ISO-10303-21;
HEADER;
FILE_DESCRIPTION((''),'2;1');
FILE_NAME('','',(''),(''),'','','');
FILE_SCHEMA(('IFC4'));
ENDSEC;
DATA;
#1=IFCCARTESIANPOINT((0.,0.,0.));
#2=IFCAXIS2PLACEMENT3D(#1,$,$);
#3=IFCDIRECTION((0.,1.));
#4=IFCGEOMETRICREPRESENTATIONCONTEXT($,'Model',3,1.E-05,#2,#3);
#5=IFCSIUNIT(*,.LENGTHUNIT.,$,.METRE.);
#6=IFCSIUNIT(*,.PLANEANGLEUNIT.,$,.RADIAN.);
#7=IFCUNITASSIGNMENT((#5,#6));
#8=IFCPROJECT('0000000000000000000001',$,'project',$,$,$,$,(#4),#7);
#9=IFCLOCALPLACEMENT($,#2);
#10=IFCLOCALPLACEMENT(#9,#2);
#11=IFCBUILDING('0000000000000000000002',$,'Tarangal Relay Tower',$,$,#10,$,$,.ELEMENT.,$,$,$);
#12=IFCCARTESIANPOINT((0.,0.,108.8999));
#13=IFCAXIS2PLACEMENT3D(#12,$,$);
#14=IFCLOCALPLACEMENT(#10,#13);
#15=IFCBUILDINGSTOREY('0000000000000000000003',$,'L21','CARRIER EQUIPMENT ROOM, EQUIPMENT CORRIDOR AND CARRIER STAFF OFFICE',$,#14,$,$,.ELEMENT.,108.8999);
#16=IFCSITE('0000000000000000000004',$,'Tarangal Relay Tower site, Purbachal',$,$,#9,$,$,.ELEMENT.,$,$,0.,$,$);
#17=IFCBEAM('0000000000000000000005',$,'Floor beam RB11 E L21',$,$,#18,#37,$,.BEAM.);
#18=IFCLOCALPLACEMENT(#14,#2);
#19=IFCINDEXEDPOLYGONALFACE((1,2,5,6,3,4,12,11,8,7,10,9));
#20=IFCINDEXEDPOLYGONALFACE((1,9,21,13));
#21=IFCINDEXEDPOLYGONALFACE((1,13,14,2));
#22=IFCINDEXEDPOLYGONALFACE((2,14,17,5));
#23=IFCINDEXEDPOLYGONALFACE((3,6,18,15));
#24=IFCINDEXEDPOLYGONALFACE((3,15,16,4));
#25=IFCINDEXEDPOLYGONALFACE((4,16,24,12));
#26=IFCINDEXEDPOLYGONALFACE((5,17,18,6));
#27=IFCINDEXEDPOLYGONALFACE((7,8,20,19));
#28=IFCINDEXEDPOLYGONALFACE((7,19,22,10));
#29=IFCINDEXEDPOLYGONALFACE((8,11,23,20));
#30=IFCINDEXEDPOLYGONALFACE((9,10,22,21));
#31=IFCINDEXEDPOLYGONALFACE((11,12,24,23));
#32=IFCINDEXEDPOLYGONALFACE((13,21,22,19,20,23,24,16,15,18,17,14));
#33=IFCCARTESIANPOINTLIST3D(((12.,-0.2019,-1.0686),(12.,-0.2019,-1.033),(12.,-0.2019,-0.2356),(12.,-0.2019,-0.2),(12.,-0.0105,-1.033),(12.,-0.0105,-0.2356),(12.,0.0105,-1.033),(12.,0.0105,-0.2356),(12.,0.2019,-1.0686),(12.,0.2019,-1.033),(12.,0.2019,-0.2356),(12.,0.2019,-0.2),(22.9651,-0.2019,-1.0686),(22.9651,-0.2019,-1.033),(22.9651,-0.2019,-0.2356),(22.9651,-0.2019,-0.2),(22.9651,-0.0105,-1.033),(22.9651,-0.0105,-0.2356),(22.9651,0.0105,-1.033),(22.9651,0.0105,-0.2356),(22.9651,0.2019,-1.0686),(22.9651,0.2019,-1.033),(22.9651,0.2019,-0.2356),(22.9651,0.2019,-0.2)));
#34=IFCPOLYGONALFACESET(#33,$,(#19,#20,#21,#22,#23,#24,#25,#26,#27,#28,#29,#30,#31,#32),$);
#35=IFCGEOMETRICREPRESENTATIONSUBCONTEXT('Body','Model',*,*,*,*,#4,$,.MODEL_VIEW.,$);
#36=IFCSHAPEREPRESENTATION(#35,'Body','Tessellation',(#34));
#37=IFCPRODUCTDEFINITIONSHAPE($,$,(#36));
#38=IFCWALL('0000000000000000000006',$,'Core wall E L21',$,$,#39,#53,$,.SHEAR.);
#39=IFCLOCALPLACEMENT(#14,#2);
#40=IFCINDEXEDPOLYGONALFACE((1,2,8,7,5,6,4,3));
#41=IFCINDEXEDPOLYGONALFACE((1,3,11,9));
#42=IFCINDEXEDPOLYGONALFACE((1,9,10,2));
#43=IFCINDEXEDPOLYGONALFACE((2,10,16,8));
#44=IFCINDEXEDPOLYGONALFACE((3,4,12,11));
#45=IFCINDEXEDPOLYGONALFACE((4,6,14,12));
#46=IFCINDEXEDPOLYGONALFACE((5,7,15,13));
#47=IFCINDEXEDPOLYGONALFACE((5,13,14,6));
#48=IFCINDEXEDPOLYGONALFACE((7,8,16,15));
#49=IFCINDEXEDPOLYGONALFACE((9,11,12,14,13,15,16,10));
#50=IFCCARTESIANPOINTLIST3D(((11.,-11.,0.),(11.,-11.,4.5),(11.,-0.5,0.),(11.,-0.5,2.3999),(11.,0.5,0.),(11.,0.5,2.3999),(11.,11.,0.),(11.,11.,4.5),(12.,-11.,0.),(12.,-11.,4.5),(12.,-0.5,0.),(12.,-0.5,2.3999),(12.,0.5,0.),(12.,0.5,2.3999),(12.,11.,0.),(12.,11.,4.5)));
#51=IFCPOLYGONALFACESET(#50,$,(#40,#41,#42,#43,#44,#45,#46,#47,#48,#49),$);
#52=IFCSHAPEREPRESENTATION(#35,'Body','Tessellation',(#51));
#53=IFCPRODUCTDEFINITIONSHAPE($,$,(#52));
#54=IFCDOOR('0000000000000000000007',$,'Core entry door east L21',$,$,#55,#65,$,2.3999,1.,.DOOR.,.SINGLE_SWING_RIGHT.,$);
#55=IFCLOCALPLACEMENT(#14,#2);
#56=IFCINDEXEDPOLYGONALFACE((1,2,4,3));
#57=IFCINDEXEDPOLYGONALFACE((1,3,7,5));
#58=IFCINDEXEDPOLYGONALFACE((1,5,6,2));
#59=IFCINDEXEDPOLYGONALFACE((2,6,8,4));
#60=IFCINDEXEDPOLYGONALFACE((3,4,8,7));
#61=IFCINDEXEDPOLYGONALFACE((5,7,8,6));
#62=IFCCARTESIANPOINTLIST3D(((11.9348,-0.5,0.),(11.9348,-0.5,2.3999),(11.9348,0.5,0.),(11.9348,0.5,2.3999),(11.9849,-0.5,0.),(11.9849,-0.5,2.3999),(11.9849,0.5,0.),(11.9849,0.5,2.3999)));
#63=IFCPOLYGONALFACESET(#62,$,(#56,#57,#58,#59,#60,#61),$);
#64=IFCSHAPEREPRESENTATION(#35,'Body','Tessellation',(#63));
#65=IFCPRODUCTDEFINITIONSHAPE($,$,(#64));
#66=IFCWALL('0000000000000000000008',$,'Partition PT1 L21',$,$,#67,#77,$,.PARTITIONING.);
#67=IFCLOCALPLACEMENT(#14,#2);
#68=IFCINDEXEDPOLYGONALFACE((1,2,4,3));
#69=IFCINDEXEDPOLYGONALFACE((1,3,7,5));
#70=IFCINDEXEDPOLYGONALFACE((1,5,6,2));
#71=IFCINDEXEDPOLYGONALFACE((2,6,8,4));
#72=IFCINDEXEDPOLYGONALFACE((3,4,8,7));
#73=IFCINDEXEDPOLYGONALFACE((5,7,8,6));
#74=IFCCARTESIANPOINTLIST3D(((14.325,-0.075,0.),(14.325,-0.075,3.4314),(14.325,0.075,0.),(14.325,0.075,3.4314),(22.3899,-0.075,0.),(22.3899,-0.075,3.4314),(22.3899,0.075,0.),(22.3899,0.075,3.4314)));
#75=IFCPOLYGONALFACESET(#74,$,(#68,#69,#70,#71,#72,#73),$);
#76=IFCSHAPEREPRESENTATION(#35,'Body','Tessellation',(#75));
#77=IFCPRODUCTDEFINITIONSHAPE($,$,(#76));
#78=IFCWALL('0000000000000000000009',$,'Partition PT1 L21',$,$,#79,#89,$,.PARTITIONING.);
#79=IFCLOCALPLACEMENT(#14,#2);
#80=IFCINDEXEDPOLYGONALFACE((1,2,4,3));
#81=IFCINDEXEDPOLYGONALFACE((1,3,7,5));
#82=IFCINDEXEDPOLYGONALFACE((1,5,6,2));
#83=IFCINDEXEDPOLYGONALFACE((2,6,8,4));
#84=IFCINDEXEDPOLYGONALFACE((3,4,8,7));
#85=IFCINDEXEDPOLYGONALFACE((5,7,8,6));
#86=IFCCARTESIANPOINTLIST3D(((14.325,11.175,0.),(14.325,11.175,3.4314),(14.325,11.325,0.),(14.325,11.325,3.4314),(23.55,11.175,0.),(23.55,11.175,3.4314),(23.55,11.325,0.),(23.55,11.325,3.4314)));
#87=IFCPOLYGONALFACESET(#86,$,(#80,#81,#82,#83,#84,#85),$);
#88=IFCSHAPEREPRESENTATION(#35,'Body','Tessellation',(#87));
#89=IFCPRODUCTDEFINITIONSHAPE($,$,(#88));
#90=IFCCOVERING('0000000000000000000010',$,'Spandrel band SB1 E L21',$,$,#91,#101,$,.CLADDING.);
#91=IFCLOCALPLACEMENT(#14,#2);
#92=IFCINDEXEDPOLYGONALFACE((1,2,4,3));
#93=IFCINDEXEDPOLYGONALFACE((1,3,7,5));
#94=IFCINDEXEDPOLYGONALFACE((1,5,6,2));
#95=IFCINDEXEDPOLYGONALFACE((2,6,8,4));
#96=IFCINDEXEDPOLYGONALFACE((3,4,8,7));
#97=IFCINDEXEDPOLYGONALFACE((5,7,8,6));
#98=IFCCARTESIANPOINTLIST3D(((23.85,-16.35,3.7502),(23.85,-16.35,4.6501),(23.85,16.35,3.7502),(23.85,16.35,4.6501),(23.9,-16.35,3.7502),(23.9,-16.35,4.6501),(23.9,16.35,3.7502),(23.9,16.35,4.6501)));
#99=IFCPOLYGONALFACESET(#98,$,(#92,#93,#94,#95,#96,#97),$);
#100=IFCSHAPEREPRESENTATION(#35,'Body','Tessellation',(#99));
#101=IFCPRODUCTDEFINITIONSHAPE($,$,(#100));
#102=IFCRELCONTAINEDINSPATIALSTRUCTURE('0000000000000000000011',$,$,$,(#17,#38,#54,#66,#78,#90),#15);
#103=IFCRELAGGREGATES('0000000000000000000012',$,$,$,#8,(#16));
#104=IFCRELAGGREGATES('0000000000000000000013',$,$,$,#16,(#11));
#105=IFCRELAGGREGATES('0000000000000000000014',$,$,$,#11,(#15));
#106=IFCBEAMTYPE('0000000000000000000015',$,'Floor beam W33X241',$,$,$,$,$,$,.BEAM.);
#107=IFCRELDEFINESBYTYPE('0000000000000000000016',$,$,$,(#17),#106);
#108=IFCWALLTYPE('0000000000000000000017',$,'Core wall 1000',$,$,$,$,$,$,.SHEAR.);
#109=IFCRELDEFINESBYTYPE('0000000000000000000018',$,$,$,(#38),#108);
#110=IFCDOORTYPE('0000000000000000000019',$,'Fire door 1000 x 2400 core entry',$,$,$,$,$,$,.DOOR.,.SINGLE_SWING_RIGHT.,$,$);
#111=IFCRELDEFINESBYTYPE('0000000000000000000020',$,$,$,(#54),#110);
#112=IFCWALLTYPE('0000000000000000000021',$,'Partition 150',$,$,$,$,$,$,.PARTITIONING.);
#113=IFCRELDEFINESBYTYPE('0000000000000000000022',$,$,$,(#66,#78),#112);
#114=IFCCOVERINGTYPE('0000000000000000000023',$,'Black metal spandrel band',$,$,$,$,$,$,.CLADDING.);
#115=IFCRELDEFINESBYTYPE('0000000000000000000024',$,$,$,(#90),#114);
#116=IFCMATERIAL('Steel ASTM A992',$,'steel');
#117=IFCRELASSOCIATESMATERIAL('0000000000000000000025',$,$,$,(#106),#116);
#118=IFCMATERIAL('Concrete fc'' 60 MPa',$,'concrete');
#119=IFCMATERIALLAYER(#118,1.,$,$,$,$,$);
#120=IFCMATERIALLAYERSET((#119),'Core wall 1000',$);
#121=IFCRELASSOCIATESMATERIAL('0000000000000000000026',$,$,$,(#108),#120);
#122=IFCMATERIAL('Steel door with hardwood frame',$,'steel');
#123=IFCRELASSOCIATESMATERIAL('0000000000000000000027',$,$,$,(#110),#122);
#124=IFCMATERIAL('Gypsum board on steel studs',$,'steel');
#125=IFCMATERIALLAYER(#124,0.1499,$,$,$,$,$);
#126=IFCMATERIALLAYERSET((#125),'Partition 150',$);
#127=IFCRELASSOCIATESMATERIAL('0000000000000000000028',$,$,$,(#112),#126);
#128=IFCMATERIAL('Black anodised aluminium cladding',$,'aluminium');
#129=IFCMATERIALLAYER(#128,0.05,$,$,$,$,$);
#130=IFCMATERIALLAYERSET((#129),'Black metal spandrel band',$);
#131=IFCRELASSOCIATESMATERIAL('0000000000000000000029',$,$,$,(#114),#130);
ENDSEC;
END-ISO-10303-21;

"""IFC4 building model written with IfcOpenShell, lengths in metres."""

from ifc_helpers import new_model, si_unit, direction, frame, frame_2d, origin, origin_2d, place, context, subcontext, project, spatial, rectangle, i_section, extrude, material, layer, layer_set, material_profile, profile_set, type_object, element, fill, save


model = new_model("IFC4")

# Units and contexts
model_context = context("Model", 3, precision=1e-05, world=origin(), true_north=direction((0.0, 1.0)))
body_context = subcontext(model_context, "Body", "Model", "MODEL_VIEW")
ifc_project = project(units=[si_unit("LENGTHUNIT", "METRE"), si_unit("PLANEANGLEUNIT", "RADIAN")], contexts=[model_context])

# Site, building, storey
site_placement = place(None, origin())
site = spatial("IfcSite", under=ifc_project, at=site_placement, Name="Tarangal Relay Tower site, Purbachal", CompositionType="ELEMENT", RefElevation=0.0)
building_placement = place(site_placement, origin())
building = spatial("IfcBuilding", under=site, at=building_placement, Name="Tarangal Relay Tower", CompositionType="ELEMENT")
storey_placement = place(building_placement, frame((0.0, 0.0, 108.8999)))
storey = spatial("IfcBuildingStorey", under=building, at=storey_placement, Name="L21", Description="CARRIER EQUIPMENT ROOM, EQUIPMENT CORRIDOR AND CARRIER STAFF OFFICE", CompositionType="ELEMENT", Elevation=108.8999)

# Beam
ifc_material_1 = material(Name="Steel ASTM A992", Category="steel")
ifc_material_profile_1 = material_profile(ifc_material_1, i_section(OverallWidth=0.4038, OverallDepth=0.8687, WebThickness=0.021, FlangeThickness=0.0356, at=origin_2d()), Name="W33X241")
ifc_profile_set_1 = profile_set([ifc_material_profile_1], Name="Steel ASTM A992")
beam_type_1 = type_object("IfcBeamType", Name="Floor beam W33X241", PredefinedType="BEAM", material=ifc_profile_set_1)
for number, where, z_axis, x_axis, name in (
    (1, (12.0, 0.0, -0.6343), (1.0, 0.0, 0.0), (0.0, 1.0, 0.0), "Floor beam RB11 E L21"),
):
    element("IfcBeam", number, at=place(storey_placement, frame(where, z_axis=z_axis, x_axis=x_axis)), inside=storey, type_object=beam_type_1, Name=name, PredefinedType="BEAM", context=body_context, shape_type="SweptSolid", body=[
        extrude(i_section(OverallWidth=0.4038, OverallDepth=0.8687, WebThickness=0.021, FlangeThickness=0.0356, at=origin_2d()), origin(), (0.0, 0.0, 1.0), 10.9651),
    ])

# Wall, opening, door
ifc_material_2 = material(Name="Concrete fc' 60 MPa", Category="concrete")
ifc_layer_1 = layer(ifc_material_2, 1.0)
ifc_layer_set_1 = layer_set([ifc_layer_1], Name="Core wall 1000")
wall_type_1 = type_object("IfcWallType", Name="Core wall 1000", PredefinedType="SHEAR", material=ifc_layer_set_1)
wall_1_placement = place(storey_placement, frame((11.5, 11.0, 0.0), z_axis=(0.0, 0.0, 1.0), x_axis=(0.0, -1.0, 0.0)))
wall_1 = element("IfcWall", 2, at=wall_1_placement, inside=storey, type_object=wall_type_1, Name="Core wall E L21", PredefinedType="SHEAR", context=body_context, shape_type="SweptSolid", body=[
    extrude(rectangle(XDim=22.0, YDim=1.0, at=frame_2d((11.0, 0.0))), origin(), (0.0, 0.0, 1.0), 4.5),
])
opening_placement = place(wall_1_placement, frame((10.5, 0.0, 0.0)))
opening = element("IfcOpeningElement", 3, at=opening_placement, cuts=wall_1, PredefinedType="OPENING", context=body_context, shape_type="SweptSolid", body=[
    extrude(rectangle(XDim=1.0, YDim=2.3999, at=frame_2d((0.5, 1.2))), frame((0.0, 0.51, 0.0), z_axis=(0.0, -1.0, 0.0), x_axis=(1.0, 0.0, 0.0)), (0.0, 0.0, 1.0), 1.02),
])
ifc_material_3 = material(Name="Steel door with hardwood frame", Category="steel")
door_type = type_object("IfcDoorType", Name="Fire door 1000 x 2400 core entry", OperationType="SINGLE_SWING_RIGHT", PredefinedType="DOOR", material=ifc_material_3)
door_placement = place(opening_placement, origin())
door = element("IfcDoor", 4, at=door_placement, inside=storey, type_object=door_type, Name="Core entry door east L21", OperationType="SINGLE_SWING_RIGHT", OverallHeight=2.3999, OverallWidth=1.0, PredefinedType="DOOR", context=body_context, shape_type="SweptSolid", body=[
    extrude(rectangle(XDim=1.0, YDim=2.3999, at=frame_2d((0.5, 1.2))), frame((0.0, 0.4849, 0.0), z_axis=(0.0, -1.0, 0.0), x_axis=(1.0, 0.0, 0.0)), (0.0, 0.0, 1.0), 0.05),
])
fill(opening, door)

# Walls
ifc_material_4 = material(Name="Gypsum board on steel studs", Category="steel")
ifc_layer_2 = layer(ifc_material_4, 0.1499)
ifc_layer_set_2 = layer_set([ifc_layer_2], Name="Partition 150")
wall_type_2 = type_object("IfcWallType", Name="Partition 150", PredefinedType="PARTITIONING", material=ifc_layer_set_2)
wall_2_placement = place(storey_placement, frame((14.325, 0.0, 0.0), z_axis=(0.0, 0.0, 1.0), x_axis=(1.0, 0.0, 0.0)))
element("IfcWall", 5, at=wall_2_placement, inside=storey, type_object=wall_type_2, Name="Partition PT1 L21", PredefinedType="PARTITIONING", context=body_context, shape_type="SweptSolid", body=[
    extrude(rectangle(XDim=8.0649, YDim=0.1499, at=frame_2d((4.0325, 0.0))), origin(), (0.0, 0.0, 1.0), 3.4314),
])
wall_3_placement = place(storey_placement, frame((14.325, 11.25, 0.0), z_axis=(0.0, 0.0, 1.0), x_axis=(1.0, 0.0, 0.0)))
element("IfcWall", 6, at=wall_3_placement, inside=storey, type_object=wall_type_2, Name="Partition PT1 L21", PredefinedType="PARTITIONING", context=body_context, shape_type="SweptSolid", body=[
    extrude(rectangle(XDim=9.2251, YDim=0.1499, at=frame_2d((4.6125, 0.0))), origin(), (0.0, 0.0, 1.0), 3.4314),
])

# Covering
ifc_material_5 = material(Name="Black anodised aluminium cladding", Category="aluminium")
ifc_layer_3 = layer(ifc_material_5, 0.05)
ifc_layer_set_3 = layer_set([ifc_layer_3], Name="Black metal spandrel band")
covering_type = type_object("IfcCoveringType", Name="Black metal spandrel band", PredefinedType="CLADDING", material=ifc_layer_set_3)
covering_placement = place(storey_placement, frame((23.875, 0.0, 3.7502), z_axis=(0.0, 0.0, 1.0), x_axis=(0.0, -1.0, 0.0)))
element("IfcCovering", 7, at=covering_placement, inside=storey, type_object=covering_type, Name="Spandrel band SB1 E L21", PredefinedType="CLADDING", context=body_context, shape_type="SweptSolid", body=[
    extrude(rectangle(XDim=32.7, YDim=0.05, at=origin_2d()), origin(), (0.0, 0.0, 1.0), 0.8999),
])

save(model, "model.ifc")
